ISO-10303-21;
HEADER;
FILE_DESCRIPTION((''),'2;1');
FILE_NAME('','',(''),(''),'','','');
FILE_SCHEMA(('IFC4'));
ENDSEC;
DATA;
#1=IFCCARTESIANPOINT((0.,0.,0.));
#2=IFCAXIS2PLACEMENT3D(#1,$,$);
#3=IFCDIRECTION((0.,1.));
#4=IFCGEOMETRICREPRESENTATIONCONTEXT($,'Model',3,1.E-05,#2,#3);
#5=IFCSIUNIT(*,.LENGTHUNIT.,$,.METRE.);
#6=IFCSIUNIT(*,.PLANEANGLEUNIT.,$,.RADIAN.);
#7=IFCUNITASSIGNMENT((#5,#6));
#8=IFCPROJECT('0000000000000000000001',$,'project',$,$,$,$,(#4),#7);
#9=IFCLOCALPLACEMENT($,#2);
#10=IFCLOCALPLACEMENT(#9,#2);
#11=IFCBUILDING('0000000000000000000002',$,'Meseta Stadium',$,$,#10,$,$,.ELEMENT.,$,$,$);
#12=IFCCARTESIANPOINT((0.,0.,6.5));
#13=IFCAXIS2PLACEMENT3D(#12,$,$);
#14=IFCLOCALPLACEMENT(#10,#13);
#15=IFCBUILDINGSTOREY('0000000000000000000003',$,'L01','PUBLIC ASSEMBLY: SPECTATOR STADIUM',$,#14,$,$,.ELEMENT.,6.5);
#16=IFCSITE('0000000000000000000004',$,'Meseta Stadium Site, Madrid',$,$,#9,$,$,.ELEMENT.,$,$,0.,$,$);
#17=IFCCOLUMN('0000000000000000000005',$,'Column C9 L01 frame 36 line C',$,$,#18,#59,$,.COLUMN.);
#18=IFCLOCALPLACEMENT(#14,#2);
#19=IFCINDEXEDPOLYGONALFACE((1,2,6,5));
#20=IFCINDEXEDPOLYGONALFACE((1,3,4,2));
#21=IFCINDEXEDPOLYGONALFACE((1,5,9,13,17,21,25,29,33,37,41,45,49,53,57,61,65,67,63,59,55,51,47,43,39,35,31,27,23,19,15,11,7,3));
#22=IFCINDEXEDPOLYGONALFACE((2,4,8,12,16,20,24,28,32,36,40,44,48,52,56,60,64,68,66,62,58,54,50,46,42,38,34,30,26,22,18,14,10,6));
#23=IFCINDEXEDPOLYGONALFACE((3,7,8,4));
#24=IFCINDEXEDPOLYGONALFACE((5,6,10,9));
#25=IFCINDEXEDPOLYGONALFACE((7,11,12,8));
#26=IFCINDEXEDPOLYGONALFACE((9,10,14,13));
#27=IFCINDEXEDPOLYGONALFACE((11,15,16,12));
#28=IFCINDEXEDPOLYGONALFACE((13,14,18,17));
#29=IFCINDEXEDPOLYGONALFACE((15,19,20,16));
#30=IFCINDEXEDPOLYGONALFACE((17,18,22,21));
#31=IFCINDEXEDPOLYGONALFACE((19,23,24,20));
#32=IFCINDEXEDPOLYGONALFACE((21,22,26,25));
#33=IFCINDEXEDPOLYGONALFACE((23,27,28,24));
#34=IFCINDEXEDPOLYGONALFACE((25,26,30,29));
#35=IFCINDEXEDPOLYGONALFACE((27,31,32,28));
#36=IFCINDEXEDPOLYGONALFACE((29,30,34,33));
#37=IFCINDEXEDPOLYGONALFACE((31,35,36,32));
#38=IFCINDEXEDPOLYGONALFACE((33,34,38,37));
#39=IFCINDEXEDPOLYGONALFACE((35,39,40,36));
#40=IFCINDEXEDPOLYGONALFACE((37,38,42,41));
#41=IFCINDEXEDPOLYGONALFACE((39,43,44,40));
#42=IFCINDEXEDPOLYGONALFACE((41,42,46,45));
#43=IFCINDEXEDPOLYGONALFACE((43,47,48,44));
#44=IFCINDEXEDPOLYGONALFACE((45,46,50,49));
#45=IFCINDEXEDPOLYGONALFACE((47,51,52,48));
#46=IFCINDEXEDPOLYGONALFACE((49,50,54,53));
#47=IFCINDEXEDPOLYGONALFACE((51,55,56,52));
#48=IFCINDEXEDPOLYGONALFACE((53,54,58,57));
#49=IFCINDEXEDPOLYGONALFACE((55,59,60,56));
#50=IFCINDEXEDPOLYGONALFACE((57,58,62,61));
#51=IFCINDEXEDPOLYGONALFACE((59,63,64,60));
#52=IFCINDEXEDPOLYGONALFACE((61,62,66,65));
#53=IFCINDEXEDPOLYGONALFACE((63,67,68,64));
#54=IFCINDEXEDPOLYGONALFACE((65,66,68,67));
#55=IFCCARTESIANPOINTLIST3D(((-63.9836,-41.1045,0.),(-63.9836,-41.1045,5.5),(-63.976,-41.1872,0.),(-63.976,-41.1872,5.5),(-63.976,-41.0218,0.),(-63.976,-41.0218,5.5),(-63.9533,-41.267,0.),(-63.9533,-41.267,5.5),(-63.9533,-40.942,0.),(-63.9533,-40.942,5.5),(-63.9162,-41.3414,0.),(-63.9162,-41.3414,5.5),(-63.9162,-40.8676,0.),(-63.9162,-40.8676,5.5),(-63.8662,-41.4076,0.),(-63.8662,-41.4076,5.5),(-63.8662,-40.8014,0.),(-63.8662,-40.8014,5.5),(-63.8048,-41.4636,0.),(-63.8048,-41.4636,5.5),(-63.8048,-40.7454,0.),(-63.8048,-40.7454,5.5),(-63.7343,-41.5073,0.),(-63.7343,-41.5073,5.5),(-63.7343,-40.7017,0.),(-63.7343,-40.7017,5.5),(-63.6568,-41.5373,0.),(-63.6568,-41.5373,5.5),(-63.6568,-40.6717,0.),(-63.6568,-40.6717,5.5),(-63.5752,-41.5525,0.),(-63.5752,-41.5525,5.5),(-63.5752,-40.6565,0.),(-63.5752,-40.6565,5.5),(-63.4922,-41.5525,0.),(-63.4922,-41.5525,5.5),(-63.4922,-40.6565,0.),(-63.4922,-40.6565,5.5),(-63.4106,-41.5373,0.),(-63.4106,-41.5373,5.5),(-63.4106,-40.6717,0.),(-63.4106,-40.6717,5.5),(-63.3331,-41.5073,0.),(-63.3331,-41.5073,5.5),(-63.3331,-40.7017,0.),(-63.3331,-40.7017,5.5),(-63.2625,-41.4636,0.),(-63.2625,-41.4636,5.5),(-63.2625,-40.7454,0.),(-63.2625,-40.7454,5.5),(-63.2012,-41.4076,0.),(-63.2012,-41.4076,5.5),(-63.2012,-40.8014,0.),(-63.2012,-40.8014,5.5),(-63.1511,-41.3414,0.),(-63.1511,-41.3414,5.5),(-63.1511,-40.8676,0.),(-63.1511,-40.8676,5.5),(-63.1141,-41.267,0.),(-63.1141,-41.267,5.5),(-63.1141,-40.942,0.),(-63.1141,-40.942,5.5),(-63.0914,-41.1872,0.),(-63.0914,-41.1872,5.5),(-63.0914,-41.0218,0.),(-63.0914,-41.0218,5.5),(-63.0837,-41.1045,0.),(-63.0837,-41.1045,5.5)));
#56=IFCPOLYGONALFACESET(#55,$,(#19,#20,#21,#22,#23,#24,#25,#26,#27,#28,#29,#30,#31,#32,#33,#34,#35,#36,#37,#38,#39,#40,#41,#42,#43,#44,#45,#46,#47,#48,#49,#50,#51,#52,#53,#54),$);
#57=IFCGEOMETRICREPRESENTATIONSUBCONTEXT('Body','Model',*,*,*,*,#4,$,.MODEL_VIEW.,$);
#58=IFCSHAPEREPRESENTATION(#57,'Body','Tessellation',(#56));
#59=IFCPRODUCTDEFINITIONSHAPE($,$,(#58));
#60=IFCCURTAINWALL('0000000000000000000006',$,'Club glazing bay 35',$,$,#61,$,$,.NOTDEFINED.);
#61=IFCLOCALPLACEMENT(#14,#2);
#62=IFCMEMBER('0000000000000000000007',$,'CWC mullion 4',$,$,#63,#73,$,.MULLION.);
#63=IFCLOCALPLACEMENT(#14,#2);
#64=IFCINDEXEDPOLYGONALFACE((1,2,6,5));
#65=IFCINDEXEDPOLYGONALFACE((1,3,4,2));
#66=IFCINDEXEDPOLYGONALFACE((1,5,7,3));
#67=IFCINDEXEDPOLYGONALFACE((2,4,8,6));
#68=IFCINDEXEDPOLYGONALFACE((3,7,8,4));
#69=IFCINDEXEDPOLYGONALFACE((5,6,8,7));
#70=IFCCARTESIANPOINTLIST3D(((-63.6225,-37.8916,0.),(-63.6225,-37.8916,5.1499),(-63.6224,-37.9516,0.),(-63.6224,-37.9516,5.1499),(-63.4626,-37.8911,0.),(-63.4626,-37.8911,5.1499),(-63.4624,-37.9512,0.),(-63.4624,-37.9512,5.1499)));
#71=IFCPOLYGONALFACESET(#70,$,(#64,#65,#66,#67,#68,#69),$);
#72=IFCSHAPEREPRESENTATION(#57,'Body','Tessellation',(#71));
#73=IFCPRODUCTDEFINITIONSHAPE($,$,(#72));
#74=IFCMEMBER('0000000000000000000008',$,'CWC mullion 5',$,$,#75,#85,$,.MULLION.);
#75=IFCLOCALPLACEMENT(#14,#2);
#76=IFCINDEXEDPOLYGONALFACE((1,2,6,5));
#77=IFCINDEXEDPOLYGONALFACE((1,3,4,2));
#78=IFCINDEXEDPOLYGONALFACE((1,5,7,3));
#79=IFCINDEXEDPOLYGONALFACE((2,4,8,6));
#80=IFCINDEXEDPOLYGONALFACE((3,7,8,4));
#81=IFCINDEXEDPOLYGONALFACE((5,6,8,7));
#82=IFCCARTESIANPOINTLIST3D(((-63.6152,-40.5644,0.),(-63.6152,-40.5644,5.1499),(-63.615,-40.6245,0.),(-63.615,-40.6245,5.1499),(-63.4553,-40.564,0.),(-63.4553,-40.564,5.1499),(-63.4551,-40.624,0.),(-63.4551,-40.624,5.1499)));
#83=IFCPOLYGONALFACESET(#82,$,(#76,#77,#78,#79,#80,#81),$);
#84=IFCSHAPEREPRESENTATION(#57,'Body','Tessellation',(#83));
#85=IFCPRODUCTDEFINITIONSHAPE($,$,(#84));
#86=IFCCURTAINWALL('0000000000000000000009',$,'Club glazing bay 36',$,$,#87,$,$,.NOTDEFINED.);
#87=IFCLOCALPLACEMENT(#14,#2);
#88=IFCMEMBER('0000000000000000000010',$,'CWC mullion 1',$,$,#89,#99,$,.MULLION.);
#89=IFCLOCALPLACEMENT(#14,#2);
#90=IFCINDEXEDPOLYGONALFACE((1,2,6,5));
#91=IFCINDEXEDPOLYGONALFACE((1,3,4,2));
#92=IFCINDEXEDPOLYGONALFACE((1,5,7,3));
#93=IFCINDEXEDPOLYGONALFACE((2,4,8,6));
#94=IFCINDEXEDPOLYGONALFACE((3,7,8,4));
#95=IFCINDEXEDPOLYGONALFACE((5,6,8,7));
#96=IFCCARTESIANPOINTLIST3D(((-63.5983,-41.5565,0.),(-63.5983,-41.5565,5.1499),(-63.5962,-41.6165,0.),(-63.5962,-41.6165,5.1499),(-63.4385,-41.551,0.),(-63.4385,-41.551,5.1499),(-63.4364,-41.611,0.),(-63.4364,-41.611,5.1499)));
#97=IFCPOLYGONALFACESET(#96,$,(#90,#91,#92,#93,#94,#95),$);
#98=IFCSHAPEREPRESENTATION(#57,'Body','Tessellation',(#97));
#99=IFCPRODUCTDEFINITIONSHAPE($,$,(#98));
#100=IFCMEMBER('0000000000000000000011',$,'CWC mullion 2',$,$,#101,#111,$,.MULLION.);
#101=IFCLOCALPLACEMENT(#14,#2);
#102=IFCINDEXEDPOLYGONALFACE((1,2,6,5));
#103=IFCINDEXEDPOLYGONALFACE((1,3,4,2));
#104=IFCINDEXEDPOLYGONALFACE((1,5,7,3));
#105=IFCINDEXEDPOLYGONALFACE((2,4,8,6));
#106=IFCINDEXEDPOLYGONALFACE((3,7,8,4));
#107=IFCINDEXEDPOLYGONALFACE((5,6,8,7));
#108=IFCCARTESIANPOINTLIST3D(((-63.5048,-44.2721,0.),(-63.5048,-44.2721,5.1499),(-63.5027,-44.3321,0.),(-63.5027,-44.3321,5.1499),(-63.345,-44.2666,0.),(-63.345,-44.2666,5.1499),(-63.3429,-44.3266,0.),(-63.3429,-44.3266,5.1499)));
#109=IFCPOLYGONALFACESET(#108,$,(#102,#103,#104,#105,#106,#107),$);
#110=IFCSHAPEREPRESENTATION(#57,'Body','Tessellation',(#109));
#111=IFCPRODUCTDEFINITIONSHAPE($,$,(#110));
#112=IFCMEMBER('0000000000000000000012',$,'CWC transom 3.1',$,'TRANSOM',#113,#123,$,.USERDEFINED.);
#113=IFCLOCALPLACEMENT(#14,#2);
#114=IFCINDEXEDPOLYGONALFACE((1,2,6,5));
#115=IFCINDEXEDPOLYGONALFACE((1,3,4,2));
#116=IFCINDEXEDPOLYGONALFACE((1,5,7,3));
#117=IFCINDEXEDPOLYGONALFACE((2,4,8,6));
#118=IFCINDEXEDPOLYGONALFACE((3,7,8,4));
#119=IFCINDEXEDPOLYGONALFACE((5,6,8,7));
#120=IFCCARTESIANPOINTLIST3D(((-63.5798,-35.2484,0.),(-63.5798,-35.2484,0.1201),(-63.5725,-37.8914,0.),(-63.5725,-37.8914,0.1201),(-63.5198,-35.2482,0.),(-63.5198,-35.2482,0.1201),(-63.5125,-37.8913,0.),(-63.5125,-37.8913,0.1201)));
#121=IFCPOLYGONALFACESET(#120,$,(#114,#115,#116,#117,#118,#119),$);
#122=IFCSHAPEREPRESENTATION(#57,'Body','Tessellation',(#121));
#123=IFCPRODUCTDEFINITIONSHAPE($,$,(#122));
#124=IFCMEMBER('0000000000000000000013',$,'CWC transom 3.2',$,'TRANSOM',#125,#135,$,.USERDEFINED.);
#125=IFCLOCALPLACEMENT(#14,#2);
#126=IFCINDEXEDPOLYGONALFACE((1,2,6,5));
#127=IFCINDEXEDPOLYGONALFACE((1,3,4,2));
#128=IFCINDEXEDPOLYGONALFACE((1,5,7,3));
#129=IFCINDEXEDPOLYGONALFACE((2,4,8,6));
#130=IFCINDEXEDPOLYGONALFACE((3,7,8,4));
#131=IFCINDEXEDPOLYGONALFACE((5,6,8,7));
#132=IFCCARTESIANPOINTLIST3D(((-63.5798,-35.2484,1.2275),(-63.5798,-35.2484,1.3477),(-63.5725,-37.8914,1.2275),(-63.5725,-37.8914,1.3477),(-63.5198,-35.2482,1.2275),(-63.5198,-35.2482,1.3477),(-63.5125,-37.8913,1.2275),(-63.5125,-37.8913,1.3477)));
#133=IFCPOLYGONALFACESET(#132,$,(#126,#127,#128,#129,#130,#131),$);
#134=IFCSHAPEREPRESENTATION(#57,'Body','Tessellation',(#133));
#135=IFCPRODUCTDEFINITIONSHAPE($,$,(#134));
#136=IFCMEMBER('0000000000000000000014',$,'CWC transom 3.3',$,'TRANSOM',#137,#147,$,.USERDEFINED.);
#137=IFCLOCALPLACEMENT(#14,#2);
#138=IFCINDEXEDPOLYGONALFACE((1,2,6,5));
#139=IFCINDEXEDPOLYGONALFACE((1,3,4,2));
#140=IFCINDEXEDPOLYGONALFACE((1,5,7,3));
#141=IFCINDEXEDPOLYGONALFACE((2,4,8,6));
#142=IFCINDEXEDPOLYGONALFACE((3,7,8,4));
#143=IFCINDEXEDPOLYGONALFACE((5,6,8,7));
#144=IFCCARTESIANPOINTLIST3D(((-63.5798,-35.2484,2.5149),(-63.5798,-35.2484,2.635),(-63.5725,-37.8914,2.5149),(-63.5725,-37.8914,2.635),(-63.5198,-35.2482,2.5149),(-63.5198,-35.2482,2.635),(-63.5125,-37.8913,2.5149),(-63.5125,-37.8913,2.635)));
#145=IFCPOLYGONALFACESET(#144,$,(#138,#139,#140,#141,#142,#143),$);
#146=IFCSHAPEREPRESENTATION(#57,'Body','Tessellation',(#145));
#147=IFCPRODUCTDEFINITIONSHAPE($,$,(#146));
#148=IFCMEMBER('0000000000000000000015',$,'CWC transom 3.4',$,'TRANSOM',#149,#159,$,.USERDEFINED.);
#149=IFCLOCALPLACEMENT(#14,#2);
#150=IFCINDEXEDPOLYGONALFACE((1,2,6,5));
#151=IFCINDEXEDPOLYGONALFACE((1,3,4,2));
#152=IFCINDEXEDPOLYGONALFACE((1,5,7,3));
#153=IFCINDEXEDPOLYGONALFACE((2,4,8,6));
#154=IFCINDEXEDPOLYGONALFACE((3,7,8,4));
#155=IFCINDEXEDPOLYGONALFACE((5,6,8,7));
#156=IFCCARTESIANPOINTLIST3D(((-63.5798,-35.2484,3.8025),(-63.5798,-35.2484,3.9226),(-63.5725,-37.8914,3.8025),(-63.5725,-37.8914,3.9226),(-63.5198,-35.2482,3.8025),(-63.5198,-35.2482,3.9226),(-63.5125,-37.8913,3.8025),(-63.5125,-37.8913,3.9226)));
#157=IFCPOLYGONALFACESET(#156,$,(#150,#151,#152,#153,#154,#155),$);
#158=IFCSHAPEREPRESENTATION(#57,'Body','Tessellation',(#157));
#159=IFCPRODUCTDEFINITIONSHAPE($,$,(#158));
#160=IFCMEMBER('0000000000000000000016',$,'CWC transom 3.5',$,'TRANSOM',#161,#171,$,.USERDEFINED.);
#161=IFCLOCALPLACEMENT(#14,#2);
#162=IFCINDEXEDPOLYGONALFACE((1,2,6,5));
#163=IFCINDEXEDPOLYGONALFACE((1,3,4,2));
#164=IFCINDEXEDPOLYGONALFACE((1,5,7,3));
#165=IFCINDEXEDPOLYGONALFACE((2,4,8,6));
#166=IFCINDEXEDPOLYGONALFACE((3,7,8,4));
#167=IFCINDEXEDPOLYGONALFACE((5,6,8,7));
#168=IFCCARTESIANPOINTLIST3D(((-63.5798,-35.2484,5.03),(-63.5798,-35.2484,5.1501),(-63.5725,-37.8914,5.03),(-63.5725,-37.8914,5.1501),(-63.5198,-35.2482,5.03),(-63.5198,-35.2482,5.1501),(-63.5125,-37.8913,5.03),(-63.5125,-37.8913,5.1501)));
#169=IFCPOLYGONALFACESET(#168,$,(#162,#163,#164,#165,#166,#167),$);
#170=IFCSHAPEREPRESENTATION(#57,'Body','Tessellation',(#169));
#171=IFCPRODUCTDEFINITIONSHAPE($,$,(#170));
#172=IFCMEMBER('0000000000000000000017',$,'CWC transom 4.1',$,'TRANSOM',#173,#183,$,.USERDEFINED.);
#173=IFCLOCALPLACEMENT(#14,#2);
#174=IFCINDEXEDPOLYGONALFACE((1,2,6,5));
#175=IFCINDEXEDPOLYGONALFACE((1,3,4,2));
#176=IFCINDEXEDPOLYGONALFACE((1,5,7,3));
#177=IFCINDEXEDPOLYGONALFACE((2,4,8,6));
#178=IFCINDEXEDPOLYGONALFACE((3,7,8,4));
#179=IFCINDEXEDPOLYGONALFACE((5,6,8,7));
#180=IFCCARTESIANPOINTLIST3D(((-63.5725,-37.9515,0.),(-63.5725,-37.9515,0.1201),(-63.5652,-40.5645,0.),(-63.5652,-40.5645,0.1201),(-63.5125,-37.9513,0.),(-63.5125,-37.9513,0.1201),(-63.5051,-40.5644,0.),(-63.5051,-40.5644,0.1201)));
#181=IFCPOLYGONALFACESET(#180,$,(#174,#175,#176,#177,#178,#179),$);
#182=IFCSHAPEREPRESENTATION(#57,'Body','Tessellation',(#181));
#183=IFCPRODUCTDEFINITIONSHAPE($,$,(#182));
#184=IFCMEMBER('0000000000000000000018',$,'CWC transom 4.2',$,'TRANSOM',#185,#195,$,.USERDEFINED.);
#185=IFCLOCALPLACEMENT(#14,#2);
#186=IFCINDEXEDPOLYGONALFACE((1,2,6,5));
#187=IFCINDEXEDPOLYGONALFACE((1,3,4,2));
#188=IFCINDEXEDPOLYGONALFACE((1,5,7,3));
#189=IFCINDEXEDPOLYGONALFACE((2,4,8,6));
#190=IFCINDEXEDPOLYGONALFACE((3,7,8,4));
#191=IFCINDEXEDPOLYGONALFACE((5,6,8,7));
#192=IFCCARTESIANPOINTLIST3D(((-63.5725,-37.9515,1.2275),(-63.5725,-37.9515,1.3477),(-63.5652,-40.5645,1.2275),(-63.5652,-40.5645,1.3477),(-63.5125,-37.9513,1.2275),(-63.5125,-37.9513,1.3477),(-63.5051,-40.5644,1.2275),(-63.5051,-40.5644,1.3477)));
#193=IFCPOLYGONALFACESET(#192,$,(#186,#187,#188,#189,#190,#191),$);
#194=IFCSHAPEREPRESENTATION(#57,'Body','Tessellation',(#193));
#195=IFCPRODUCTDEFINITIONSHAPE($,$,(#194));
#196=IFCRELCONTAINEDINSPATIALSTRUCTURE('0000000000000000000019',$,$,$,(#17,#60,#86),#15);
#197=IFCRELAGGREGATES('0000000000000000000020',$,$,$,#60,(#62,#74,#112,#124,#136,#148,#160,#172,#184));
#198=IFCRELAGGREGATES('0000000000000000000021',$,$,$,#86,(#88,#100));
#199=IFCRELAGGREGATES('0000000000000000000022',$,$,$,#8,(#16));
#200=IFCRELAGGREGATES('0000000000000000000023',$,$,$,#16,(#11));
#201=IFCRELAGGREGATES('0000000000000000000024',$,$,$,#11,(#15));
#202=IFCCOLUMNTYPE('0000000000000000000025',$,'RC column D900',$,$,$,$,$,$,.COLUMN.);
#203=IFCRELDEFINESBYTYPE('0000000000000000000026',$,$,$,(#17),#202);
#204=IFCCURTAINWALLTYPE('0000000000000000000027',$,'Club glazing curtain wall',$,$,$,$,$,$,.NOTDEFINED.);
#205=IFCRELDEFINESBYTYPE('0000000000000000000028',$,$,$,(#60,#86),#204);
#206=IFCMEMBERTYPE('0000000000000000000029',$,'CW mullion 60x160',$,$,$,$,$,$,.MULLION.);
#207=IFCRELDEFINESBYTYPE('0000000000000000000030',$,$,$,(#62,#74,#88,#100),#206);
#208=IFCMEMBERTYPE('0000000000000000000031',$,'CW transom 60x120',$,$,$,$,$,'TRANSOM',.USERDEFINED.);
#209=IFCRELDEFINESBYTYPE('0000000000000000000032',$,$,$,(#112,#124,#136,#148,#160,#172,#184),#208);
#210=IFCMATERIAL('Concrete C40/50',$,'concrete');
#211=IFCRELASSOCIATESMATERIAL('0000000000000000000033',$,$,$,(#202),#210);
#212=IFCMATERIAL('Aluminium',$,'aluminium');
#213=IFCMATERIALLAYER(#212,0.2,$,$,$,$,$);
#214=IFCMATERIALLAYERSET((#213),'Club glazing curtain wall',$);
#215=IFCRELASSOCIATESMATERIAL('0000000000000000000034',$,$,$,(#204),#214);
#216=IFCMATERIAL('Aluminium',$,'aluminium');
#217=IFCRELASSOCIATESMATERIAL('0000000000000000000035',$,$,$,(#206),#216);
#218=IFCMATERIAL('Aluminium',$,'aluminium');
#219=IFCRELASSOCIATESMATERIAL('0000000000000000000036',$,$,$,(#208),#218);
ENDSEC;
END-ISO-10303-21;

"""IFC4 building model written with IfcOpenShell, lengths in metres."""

from ifc_helpers import new_model, si_unit, direction, frame, origin, origin_2d, place, context, subcontext, project, spatial, rectangle, circle, extrude, material, layer, layer_set, material_profile, profile_set, type_object, element, aggregate, save


model = new_model("IFC4")

# Units and contexts
model_context = context("Model", 3, precision=1e-05, world=origin(), true_north=direction((0.0, 1.0)))
body_context = subcontext(model_context, "Body", "Model", "MODEL_VIEW")
ifc_project = project(units=[si_unit("LENGTHUNIT", "METRE"), si_unit("PLANEANGLEUNIT", "RADIAN")], contexts=[model_context])

# Site, building, storey
site_placement = place(None, origin())
site = spatial("IfcSite", under=ifc_project, at=site_placement, Name="Meseta Stadium Site, Madrid", CompositionType="ELEMENT", RefElevation=0.0)
building_placement = place(site_placement, origin())
building = spatial("IfcBuilding", under=site, at=building_placement, Name="Meseta Stadium", CompositionType="ELEMENT")
storey_placement = place(building_placement, frame((0.0, 0.0, 6.5)))
storey = spatial("IfcBuildingStorey", under=building, at=storey_placement, Name="L01", Description="PUBLIC ASSEMBLY: SPECTATOR STADIUM", CompositionType="ELEMENT", Elevation=6.5)

# Column
ifc_material_1 = material(Name="Concrete C40/50", Category="concrete")
ifc_material_profile_1 = material_profile(ifc_material_1, circle(Radius=0.45, at=origin_2d()), Name="RC D900")
ifc_profile_set_1 = profile_set([ifc_material_profile_1], Name="Concrete C40/50")
column_type = type_object("IfcColumnType", Name="RC column D900", PredefinedType="COLUMN", material=ifc_profile_set_1)
column_placement = place(storey_placement, frame((-63.5337, -41.1045, 0.0), z_axis=(0.0, 0.0, 1.0), x_axis=(1.0, 0.0, 0.0)))
element("IfcColumn", 1, at=column_placement, inside=storey, type_object=column_type, Name="Column C9 L01 frame 36 line C", PredefinedType="COLUMN", context=body_context, shape_type="SweptSolid", body=[
    extrude(circle(Radius=0.45, at=origin_2d()), origin(), (0.0, 0.0, 1.0), 5.5),
])

# Curtain walls, members
ifc_material_2 = material(Name="Aluminium", Category="aluminium")
ifc_layer_1 = layer(ifc_material_2, 0.2)
ifc_layer_set_1 = layer_set([ifc_layer_1], Name="Club glazing curtain wall")
curtain_wall_type = type_object("IfcCurtainWallType", Name="Club glazing curtain wall", PredefinedType="NOTDEFINED", material=ifc_layer_set_1)
curtain_wall_1_placement = place(storey_placement, origin())
curtain_wall_1 = element("IfcCurtainWall", 2, at=curtain_wall_1_placement, inside=storey, type_object=curtain_wall_type, Name="Club glazing bay 35", PredefinedType="NOTDEFINED")
ifc_material_3 = material(Name="Aluminium", Category="aluminium")
ifc_material_profile_2 = material_profile(ifc_material_3, rectangle(XDim=0.1599, YDim=0.0601, at=origin_2d()), Name="CW 160x60")
ifc_profile_set_2 = profile_set([ifc_material_profile_2], Name="Aluminium")
member_type_1 = type_object("IfcMemberType", Name="CW mullion 60x160", PredefinedType="MULLION", material=ifc_profile_set_2)
member_1_placement = place(storey_placement, frame((-63.5425, -37.9214, 0.0), z_axis=(0.0, 0.0, 1.0), x_axis=(0.999996, 0.002758, 0.0)))
member_1 = element("IfcMember", 3, at=member_1_placement, type_object=member_type_1, Name="CWC mullion 4", PredefinedType="MULLION", context=body_context, shape_type="SweptSolid", body=[
    extrude(rectangle(XDim=0.1599, YDim=0.0601, at=origin_2d()), origin(), (0.0, 0.0, 1.0), 5.1499),
])
member_2_placement = place(storey_placement, frame((-63.5352, -40.5942, 0.0), z_axis=(0.0, 0.0, 1.0), x_axis=(0.999996, 0.002758, 0.0)))
member_2 = element("IfcMember", 4, at=member_2_placement, type_object=member_type_1, Name="CWC mullion 5", PredefinedType="MULLION", context=body_context, shape_type="SweptSolid", body=[
    extrude(rectangle(XDim=0.1599, YDim=0.0601, at=origin_2d()), origin(), (0.0, 0.0, 1.0), 5.1499),
])
curtain_wall_2_placement = place(storey_placement, origin())
curtain_wall_2 = element("IfcCurtainWall", 5, at=curtain_wall_2_placement, inside=storey, type_object=curtain_wall_type, Name="Club glazing bay 36", PredefinedType="NOTDEFINED")
member_3_placement = place(storey_placement, frame((-63.5173, -41.5837, 0.0), z_axis=(0.0, 0.0, 1.0), x_axis=(0.999408, 0.034398, 0.0)))
member_3 = element("IfcMember", 6, at=member_3_placement, type_object=member_type_1, Name="CWC mullion 1", PredefinedType="MULLION", context=body_context, shape_type="SweptSolid", body=[
    extrude(rectangle(XDim=0.1599, YDim=0.0601, at=origin_2d()), origin(), (0.0, 0.0, 1.0), 5.1499),
])
member_4_placement = place(storey_placement, frame((-63.4238, -44.2993, 0.0), z_axis=(0.0, 0.0, 1.0), x_axis=(0.999408, 0.034398, 0.0)))
member_4 = element("IfcMember", 7, at=member_4_placement, type_object=member_type_1, Name="CWC mullion 2", PredefinedType="MULLION", context=body_context, shape_type="SweptSolid", body=[
    extrude(rectangle(XDim=0.1599, YDim=0.0601, at=origin_2d()), origin(), (0.0, 0.0, 1.0), 5.1499),
])

# Members
ifc_material_4 = material(Name="Aluminium", Category="aluminium")
ifc_material_profile_3 = material_profile(ifc_material_4, rectangle(XDim=0.0601, YDim=0.1201, at=origin_2d()), Name="CW 60x120")
ifc_profile_set_3 = profile_set([ifc_material_profile_3], Name="Aluminium")
member_type_2 = type_object("IfcMemberType", Name="CW transom 60x120", ElementType="TRANSOM", PredefinedType="USERDEFINED", material=ifc_profile_set_3)
member_5_placement = place(storey_placement, frame((-63.5498, -35.2483, 0.0601), z_axis=(0.002771, -0.999996, 0.0), x_axis=(0.999996, 0.002771, 0.0)))
member_5 = element("IfcMember", 8, at=member_5_placement, type_object=member_type_2, Name="CWC transom 3.1", ObjectType="TRANSOM", PredefinedType="USERDEFINED", context=body_context, shape_type="SweptSolid", body=[
    extrude(rectangle(XDim=0.0601, YDim=0.1201, at=origin_2d()), origin(), (0.0, 0.0, 1.0), 2.6431),
])
member_6_placement = place(storey_placement, frame((-63.5498, -35.2483, 1.2876), z_axis=(0.002771, -0.999996, 0.0), x_axis=(0.999996, 0.002771, 0.0)))
member_6 = element("IfcMember", 9, at=member_6_placement, type_object=member_type_2, Name="CWC transom 3.2", ObjectType="TRANSOM", PredefinedType="USERDEFINED", context=body_context, shape_type="SweptSolid", body=[
    extrude(rectangle(XDim=0.0601, YDim=0.1201, at=origin_2d()), origin(), (0.0, 0.0, 1.0), 2.6431),
])
member_7_placement = place(storey_placement, frame((-63.5498, -35.2483, 2.575), z_axis=(0.002771, -0.999996, 0.0), x_axis=(0.999996, 0.002771, 0.0)))
member_7 = element("IfcMember", 10, at=member_7_placement, type_object=member_type_2, Name="CWC transom 3.3", ObjectType="TRANSOM", PredefinedType="USERDEFINED", context=body_context, shape_type="SweptSolid", body=[
    extrude(rectangle(XDim=0.0601, YDim=0.1201, at=origin_2d()), origin(), (0.0, 0.0, 1.0), 2.6431),
])
member_8_placement = place(storey_placement, frame((-63.5498, -35.2483, 3.8625), z_axis=(0.002771, -0.999996, 0.0), x_axis=(0.999996, 0.002771, 0.0)))
member_8 = element("IfcMember", 11, at=member_8_placement, type_object=member_type_2, Name="CWC transom 3.4", ObjectType="TRANSOM", PredefinedType="USERDEFINED", context=body_context, shape_type="SweptSolid", body=[
    extrude(rectangle(XDim=0.0601, YDim=0.1201, at=origin_2d()), origin(), (0.0, 0.0, 1.0), 2.6431),
])
member_9_placement = place(storey_placement, frame((-63.5498, -35.2483, 5.0901), z_axis=(0.002771, -0.999996, 0.0), x_axis=(0.999996, 0.002771, 0.0)))
member_9 = element("IfcMember", 12, at=member_9_placement, type_object=member_type_2, Name="CWC transom 3.5", ObjectType="TRANSOM", PredefinedType="USERDEFINED", context=body_context, shape_type="SweptSolid", body=[
    extrude(rectangle(XDim=0.0601, YDim=0.1201, at=origin_2d()), origin(), (0.0, 0.0, 1.0), 2.6431),
])
member_10_placement = place(storey_placement, frame((-63.5425, -37.9514, 0.0601), z_axis=(0.002803, -0.999996, 0.0), x_axis=(0.999996, 0.002803, 0.0)))
member_10 = element("IfcMember", 13, at=member_10_placement, type_object=member_type_2, Name="CWC transom 4.1", ObjectType="TRANSOM", PredefinedType="USERDEFINED", context=body_context, shape_type="SweptSolid", body=[
    extrude(rectangle(XDim=0.0601, YDim=0.1201, at=origin_2d()), origin(), (0.0, 0.0, 1.0), 2.613),
])
member_11_placement = place(storey_placement, frame((-63.5425, -37.9514, 1.2876), z_axis=(0.002803, -0.999996, 0.0), x_axis=(0.999996, 0.002803, 0.0)))
member_11 = element("IfcMember", 14, at=member_11_placement, type_object=member_type_2, Name="CWC transom 4.2", ObjectType="TRANSOM", PredefinedType="USERDEFINED", context=body_context, shape_type="SweptSolid", body=[
    extrude(rectangle(XDim=0.0601, YDim=0.1201, at=origin_2d()), origin(), (0.0, 0.0, 1.0), 2.613),
])

aggregate(curtain_wall_1, [member_1, member_2, member_5, member_6, member_7, member_8, member_9, member_10, member_11])
aggregate(curtain_wall_2, [member_3, member_4])

save(model, "model.ifc")
